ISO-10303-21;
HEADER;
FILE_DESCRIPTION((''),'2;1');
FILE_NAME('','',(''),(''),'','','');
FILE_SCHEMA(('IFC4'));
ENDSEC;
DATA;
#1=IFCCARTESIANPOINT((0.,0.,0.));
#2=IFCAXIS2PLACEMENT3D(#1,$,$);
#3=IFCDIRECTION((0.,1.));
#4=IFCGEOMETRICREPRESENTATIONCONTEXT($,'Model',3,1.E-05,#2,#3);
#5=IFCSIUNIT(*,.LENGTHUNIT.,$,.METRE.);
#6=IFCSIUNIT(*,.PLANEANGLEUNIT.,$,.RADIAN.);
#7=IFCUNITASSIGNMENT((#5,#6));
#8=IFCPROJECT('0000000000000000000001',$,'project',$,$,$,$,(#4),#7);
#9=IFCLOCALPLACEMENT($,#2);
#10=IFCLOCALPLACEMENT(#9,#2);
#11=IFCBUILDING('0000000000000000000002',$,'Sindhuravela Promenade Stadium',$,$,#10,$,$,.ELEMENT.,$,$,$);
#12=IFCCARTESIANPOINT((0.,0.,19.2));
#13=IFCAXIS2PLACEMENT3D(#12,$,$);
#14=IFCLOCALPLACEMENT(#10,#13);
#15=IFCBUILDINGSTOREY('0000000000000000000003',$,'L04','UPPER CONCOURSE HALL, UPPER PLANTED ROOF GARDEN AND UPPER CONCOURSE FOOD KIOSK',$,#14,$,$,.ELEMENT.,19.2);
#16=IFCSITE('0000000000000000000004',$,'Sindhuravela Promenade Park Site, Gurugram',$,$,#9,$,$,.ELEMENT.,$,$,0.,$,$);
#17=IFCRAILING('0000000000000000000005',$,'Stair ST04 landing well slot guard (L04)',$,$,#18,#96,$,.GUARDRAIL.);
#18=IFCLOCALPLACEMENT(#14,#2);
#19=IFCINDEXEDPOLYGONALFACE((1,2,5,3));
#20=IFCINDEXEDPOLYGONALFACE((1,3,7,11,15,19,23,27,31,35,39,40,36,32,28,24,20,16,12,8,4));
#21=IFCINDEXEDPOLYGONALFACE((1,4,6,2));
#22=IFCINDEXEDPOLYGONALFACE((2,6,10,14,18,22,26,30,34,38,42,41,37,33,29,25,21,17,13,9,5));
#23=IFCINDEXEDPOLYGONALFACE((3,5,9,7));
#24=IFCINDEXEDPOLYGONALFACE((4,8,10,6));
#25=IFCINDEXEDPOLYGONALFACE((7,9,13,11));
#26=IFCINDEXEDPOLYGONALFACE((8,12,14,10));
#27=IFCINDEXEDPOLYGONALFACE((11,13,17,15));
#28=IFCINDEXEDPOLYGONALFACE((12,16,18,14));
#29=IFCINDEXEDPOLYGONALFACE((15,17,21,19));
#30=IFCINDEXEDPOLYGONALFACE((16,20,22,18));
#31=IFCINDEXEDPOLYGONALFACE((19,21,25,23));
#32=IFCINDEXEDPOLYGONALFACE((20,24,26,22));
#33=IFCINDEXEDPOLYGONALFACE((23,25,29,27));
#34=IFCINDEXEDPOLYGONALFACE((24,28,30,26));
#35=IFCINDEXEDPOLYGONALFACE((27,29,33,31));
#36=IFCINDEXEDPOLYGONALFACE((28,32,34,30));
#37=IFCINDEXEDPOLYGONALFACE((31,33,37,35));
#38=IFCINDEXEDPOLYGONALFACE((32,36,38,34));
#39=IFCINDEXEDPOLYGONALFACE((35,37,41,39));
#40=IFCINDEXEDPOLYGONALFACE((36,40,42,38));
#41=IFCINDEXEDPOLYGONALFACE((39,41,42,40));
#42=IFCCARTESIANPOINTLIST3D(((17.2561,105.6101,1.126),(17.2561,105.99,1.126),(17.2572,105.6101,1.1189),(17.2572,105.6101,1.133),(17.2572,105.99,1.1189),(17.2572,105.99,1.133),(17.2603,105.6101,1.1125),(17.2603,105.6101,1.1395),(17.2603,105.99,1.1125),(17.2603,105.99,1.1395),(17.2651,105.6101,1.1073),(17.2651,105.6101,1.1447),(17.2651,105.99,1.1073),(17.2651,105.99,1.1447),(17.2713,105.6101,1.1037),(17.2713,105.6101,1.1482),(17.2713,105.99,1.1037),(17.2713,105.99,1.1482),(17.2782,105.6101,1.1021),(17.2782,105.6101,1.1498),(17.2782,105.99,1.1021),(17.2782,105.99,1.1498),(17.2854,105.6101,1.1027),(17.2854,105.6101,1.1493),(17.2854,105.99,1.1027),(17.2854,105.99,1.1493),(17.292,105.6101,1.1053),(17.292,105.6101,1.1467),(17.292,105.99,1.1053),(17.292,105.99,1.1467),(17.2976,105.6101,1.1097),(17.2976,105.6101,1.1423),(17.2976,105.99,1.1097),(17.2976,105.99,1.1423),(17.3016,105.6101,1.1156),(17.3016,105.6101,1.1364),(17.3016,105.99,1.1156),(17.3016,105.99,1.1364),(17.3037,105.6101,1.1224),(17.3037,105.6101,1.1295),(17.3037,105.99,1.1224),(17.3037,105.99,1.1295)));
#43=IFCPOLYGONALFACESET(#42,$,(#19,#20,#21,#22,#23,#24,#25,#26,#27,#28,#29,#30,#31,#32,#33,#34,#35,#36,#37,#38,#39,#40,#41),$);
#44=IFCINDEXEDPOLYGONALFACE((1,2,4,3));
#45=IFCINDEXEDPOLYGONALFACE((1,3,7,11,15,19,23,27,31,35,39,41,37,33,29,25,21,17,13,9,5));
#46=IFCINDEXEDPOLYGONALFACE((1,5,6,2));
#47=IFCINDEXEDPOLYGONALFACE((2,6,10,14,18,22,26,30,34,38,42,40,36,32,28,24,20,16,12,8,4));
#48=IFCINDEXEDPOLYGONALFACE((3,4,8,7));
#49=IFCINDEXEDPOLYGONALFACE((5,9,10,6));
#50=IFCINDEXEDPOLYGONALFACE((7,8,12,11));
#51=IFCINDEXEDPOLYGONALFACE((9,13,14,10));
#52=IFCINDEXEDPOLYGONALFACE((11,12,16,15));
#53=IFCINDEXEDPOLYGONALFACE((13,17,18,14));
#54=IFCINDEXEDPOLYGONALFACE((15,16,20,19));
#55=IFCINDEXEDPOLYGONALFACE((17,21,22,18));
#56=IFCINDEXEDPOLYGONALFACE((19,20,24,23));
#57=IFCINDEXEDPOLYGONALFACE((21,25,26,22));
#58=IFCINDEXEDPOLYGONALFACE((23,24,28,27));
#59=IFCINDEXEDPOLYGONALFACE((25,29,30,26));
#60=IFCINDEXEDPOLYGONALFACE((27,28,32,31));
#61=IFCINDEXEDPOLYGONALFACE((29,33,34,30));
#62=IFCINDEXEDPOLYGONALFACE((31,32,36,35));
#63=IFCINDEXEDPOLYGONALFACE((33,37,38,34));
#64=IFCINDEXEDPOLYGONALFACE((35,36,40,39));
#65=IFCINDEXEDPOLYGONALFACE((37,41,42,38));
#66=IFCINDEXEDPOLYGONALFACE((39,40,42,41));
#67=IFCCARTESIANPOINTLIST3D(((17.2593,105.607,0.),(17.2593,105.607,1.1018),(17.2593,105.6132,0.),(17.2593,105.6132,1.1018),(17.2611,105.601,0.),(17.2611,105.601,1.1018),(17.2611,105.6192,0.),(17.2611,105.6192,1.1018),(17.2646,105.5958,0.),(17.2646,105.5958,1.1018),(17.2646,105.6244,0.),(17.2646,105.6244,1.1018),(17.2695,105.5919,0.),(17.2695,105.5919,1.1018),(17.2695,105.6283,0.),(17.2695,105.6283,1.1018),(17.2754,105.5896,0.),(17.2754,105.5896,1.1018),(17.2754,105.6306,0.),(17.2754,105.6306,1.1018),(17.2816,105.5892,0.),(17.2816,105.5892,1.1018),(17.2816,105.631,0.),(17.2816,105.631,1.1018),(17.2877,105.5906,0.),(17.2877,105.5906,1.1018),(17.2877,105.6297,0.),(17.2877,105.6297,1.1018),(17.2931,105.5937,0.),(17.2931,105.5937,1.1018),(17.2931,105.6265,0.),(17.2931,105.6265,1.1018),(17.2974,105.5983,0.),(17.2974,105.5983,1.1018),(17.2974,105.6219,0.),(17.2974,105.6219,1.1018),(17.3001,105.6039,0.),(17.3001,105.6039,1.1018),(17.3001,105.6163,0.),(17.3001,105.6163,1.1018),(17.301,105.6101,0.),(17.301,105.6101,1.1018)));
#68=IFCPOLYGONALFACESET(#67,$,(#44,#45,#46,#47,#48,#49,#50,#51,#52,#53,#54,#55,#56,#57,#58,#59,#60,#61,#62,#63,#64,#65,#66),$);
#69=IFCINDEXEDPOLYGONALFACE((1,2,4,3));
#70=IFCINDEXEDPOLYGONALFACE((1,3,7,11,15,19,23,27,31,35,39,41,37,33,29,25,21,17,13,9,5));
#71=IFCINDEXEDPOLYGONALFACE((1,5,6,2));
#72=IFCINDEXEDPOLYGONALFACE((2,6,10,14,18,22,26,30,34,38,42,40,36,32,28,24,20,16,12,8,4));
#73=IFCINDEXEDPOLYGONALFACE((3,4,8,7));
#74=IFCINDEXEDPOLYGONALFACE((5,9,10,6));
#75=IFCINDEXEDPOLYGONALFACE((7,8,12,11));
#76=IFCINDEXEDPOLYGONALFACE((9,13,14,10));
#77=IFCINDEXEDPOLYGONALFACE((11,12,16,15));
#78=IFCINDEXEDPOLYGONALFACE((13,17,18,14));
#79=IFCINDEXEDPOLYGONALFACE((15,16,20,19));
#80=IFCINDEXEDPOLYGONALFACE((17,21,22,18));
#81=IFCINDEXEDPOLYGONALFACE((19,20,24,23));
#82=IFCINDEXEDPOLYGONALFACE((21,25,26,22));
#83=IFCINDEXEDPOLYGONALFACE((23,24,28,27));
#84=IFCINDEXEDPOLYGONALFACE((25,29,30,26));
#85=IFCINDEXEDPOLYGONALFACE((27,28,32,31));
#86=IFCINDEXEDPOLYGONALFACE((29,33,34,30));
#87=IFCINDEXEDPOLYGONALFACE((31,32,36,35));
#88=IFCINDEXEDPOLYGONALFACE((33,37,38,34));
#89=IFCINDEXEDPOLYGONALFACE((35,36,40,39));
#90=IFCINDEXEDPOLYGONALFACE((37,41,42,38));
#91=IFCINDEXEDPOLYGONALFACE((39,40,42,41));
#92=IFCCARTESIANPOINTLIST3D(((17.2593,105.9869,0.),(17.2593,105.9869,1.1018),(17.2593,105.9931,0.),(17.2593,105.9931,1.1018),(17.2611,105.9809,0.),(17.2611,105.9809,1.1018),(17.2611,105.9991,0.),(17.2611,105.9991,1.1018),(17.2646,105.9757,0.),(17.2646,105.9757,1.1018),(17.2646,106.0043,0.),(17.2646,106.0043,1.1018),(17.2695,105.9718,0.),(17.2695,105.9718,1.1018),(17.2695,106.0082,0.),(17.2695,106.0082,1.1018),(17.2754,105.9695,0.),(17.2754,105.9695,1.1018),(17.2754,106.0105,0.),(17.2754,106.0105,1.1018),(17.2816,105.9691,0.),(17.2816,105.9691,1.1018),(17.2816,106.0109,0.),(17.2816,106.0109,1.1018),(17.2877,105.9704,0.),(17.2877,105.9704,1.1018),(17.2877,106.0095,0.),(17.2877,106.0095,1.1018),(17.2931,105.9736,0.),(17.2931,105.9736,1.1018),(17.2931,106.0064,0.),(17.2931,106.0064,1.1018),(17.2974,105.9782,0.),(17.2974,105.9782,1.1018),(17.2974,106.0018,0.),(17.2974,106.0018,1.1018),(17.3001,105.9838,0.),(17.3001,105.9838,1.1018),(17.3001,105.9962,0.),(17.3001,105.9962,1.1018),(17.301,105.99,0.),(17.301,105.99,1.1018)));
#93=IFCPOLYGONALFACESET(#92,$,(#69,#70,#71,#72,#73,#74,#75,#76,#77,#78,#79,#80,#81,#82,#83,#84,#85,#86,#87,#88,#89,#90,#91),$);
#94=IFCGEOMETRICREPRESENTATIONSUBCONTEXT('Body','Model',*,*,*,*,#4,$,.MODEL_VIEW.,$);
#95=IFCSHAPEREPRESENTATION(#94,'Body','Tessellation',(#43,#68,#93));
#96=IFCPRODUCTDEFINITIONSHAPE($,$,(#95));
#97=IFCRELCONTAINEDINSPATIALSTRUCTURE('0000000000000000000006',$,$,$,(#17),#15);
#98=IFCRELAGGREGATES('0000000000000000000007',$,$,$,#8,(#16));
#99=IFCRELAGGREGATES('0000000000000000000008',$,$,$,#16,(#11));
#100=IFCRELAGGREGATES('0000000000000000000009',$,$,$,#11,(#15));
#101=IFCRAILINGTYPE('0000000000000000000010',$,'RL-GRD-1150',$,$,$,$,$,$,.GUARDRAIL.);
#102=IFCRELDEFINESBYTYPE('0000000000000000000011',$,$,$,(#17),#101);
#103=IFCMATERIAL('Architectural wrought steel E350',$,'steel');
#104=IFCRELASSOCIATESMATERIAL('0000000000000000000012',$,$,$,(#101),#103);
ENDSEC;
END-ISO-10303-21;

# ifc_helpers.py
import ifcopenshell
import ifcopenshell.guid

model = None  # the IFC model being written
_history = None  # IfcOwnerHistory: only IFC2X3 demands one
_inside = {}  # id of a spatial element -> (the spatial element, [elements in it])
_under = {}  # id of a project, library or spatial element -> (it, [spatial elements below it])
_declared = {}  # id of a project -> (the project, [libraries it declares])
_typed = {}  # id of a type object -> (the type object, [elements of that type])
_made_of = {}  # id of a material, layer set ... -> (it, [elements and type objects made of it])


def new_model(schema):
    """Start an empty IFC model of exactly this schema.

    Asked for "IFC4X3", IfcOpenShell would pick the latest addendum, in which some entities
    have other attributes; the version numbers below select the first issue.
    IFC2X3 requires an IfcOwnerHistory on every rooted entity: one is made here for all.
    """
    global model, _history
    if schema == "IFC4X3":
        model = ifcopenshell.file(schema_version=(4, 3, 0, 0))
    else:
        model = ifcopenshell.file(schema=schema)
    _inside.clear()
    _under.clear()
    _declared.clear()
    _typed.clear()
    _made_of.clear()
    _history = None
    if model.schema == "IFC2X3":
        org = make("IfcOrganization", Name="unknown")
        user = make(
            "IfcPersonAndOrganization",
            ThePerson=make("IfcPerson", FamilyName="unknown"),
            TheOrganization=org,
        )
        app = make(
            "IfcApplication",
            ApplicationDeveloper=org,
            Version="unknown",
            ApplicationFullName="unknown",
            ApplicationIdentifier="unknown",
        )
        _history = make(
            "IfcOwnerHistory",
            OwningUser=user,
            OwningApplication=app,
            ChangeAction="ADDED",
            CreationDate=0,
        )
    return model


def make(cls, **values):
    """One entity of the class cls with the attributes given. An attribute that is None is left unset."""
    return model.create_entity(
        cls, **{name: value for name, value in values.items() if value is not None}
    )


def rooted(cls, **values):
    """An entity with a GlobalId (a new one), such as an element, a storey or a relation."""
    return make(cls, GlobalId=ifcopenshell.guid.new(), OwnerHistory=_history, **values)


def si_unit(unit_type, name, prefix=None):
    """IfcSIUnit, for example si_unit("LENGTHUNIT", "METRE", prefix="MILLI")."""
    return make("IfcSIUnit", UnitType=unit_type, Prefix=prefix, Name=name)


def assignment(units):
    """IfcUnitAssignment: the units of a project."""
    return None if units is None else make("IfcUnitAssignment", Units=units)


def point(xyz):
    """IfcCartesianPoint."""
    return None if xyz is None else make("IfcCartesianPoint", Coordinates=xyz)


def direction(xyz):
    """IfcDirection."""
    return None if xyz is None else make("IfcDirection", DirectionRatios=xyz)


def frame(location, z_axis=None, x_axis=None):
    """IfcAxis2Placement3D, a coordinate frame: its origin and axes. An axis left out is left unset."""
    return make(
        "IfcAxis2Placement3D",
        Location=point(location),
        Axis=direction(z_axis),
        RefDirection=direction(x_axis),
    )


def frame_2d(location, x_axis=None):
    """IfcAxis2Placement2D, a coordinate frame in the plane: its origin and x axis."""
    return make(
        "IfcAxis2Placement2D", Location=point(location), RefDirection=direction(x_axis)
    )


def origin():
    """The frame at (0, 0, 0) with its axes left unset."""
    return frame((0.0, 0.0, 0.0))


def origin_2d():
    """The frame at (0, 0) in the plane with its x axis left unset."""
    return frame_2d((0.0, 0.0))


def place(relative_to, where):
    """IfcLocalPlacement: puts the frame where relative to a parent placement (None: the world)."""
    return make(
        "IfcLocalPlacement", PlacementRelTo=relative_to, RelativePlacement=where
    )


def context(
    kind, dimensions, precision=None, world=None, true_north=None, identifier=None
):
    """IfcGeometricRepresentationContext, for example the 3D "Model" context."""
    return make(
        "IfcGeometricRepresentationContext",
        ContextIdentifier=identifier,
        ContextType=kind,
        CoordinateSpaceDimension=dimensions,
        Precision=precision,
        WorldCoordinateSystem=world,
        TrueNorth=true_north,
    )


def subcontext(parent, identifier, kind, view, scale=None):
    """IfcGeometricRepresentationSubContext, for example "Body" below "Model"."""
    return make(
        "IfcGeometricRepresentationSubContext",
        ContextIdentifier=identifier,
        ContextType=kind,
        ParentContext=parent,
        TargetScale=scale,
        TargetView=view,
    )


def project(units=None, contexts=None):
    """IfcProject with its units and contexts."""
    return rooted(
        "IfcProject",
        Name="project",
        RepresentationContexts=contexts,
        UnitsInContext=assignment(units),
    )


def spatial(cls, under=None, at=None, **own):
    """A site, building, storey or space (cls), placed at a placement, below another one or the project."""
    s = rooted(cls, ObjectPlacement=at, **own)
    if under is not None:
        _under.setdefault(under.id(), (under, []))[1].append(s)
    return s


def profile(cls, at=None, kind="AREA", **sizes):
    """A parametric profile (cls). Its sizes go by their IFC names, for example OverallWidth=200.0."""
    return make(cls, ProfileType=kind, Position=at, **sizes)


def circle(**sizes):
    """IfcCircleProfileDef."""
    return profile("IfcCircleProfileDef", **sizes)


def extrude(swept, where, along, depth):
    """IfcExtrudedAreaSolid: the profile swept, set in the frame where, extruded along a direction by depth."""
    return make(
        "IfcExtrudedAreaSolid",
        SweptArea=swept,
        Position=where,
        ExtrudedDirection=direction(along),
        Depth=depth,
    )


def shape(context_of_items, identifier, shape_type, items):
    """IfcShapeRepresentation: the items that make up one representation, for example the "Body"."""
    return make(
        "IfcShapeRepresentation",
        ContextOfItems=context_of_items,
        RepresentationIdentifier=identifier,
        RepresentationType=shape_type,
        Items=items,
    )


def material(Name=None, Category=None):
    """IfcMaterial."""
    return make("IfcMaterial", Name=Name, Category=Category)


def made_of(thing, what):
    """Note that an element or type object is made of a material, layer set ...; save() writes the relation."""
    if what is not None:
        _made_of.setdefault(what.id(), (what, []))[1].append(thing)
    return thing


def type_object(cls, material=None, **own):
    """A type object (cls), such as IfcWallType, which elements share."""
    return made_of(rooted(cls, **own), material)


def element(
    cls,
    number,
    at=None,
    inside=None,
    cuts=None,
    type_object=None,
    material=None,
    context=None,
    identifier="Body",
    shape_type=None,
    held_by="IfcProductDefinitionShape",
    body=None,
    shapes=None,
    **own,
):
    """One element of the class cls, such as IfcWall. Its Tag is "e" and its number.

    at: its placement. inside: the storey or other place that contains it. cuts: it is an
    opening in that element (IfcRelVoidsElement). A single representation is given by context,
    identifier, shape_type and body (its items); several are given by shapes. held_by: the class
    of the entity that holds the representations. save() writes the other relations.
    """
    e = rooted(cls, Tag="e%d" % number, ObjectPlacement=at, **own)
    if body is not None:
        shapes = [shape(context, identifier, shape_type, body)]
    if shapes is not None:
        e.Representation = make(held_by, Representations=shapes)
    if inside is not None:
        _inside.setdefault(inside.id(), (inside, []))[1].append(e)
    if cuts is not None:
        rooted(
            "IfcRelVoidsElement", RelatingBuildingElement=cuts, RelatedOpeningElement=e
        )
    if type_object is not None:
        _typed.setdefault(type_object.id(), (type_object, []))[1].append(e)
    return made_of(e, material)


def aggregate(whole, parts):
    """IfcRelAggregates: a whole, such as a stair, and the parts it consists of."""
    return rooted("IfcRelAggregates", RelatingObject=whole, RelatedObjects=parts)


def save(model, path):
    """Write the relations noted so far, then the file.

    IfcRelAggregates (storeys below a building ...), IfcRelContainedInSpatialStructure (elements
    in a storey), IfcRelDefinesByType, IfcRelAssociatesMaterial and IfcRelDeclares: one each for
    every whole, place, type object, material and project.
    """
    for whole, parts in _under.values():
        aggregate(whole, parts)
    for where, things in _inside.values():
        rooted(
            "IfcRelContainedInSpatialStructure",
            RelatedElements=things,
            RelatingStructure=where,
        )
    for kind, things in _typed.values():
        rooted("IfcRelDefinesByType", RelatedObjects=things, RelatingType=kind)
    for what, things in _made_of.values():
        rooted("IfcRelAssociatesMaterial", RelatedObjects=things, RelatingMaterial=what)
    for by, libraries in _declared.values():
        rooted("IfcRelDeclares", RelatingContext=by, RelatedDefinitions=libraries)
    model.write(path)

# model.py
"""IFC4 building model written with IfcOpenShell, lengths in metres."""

from ifc_helpers import new_model, si_unit, direction, frame, origin, origin_2d, place, context, subcontext, project, spatial, circle, extrude, material, type_object, element, save


model = new_model("IFC4")

# Units and contexts
model_context = context("Model", 3, precision=1e-05, world=origin(), true_north=direction((0.0, 1.0)))
body_context = subcontext(model_context, "Body", "Model", "MODEL_VIEW")
ifc_project = project(units=[si_unit("LENGTHUNIT", "METRE"), si_unit("PLANEANGLEUNIT", "RADIAN")], contexts=[model_context])

# Site, building, storey
site_placement = place(None, origin())
site = spatial("IfcSite", under=ifc_project, at=site_placement, Name="Sindhuravela Promenade Park Site, Gurugram", CompositionType="ELEMENT", RefElevation=0.0)
building_placement = place(site_placement, origin())
building = spatial("IfcBuilding", under=site, at=building_placement, Name="Sindhuravela Promenade Stadium", CompositionType="ELEMENT")
storey_placement = place(building_placement, frame((0.0, 0.0, 19.2)))
storey = spatial("IfcBuildingStorey", under=building, at=storey_placement, Name="L04", Description="UPPER CONCOURSE HALL, UPPER PLANTED ROOF GARDEN AND UPPER CONCOURSE FOOD KIOSK", CompositionType="ELEMENT", Elevation=19.2)

# Shared definitions
ifc_material_1 = material(Name="Architectural wrought steel E350", Category="steel")

# Railing
railing_type_1 = type_object("IfcRailingType", Name="RL-GRD-1150", PredefinedType="GUARDRAIL", material=ifc_material_1)
railing_1_placement = place(storey_placement, frame((17.28, 105.6101, 0.0)))
element("IfcRailing", 1, at=railing_1_placement, inside=storey, type_object=railing_type_1, Name="Stair ST04 landing well slot guard (L04)", PredefinedType="GUARDRAIL", context=body_context, shape_type="SweptSolid", body=[
    extrude(circle(Radius=0.0239, at=origin_2d()), frame((0.0, 0.0, 1.126), z_axis=(0.0, 1.0, 0.0), x_axis=(-1.0, 0.0, 0.0)), (0.0, 0.0, 1.0), 0.3799),
    extrude(circle(Radius=0.021, at=origin_2d()), origin(), (0.0, 0.0, 1.0), 1.1018),
    extrude(circle(Radius=0.021, at=origin_2d()), frame((0.0, 0.3799, 0.0)), (0.0, 0.0, 1.0), 1.1018),
])

save(model, "model.ifc")
